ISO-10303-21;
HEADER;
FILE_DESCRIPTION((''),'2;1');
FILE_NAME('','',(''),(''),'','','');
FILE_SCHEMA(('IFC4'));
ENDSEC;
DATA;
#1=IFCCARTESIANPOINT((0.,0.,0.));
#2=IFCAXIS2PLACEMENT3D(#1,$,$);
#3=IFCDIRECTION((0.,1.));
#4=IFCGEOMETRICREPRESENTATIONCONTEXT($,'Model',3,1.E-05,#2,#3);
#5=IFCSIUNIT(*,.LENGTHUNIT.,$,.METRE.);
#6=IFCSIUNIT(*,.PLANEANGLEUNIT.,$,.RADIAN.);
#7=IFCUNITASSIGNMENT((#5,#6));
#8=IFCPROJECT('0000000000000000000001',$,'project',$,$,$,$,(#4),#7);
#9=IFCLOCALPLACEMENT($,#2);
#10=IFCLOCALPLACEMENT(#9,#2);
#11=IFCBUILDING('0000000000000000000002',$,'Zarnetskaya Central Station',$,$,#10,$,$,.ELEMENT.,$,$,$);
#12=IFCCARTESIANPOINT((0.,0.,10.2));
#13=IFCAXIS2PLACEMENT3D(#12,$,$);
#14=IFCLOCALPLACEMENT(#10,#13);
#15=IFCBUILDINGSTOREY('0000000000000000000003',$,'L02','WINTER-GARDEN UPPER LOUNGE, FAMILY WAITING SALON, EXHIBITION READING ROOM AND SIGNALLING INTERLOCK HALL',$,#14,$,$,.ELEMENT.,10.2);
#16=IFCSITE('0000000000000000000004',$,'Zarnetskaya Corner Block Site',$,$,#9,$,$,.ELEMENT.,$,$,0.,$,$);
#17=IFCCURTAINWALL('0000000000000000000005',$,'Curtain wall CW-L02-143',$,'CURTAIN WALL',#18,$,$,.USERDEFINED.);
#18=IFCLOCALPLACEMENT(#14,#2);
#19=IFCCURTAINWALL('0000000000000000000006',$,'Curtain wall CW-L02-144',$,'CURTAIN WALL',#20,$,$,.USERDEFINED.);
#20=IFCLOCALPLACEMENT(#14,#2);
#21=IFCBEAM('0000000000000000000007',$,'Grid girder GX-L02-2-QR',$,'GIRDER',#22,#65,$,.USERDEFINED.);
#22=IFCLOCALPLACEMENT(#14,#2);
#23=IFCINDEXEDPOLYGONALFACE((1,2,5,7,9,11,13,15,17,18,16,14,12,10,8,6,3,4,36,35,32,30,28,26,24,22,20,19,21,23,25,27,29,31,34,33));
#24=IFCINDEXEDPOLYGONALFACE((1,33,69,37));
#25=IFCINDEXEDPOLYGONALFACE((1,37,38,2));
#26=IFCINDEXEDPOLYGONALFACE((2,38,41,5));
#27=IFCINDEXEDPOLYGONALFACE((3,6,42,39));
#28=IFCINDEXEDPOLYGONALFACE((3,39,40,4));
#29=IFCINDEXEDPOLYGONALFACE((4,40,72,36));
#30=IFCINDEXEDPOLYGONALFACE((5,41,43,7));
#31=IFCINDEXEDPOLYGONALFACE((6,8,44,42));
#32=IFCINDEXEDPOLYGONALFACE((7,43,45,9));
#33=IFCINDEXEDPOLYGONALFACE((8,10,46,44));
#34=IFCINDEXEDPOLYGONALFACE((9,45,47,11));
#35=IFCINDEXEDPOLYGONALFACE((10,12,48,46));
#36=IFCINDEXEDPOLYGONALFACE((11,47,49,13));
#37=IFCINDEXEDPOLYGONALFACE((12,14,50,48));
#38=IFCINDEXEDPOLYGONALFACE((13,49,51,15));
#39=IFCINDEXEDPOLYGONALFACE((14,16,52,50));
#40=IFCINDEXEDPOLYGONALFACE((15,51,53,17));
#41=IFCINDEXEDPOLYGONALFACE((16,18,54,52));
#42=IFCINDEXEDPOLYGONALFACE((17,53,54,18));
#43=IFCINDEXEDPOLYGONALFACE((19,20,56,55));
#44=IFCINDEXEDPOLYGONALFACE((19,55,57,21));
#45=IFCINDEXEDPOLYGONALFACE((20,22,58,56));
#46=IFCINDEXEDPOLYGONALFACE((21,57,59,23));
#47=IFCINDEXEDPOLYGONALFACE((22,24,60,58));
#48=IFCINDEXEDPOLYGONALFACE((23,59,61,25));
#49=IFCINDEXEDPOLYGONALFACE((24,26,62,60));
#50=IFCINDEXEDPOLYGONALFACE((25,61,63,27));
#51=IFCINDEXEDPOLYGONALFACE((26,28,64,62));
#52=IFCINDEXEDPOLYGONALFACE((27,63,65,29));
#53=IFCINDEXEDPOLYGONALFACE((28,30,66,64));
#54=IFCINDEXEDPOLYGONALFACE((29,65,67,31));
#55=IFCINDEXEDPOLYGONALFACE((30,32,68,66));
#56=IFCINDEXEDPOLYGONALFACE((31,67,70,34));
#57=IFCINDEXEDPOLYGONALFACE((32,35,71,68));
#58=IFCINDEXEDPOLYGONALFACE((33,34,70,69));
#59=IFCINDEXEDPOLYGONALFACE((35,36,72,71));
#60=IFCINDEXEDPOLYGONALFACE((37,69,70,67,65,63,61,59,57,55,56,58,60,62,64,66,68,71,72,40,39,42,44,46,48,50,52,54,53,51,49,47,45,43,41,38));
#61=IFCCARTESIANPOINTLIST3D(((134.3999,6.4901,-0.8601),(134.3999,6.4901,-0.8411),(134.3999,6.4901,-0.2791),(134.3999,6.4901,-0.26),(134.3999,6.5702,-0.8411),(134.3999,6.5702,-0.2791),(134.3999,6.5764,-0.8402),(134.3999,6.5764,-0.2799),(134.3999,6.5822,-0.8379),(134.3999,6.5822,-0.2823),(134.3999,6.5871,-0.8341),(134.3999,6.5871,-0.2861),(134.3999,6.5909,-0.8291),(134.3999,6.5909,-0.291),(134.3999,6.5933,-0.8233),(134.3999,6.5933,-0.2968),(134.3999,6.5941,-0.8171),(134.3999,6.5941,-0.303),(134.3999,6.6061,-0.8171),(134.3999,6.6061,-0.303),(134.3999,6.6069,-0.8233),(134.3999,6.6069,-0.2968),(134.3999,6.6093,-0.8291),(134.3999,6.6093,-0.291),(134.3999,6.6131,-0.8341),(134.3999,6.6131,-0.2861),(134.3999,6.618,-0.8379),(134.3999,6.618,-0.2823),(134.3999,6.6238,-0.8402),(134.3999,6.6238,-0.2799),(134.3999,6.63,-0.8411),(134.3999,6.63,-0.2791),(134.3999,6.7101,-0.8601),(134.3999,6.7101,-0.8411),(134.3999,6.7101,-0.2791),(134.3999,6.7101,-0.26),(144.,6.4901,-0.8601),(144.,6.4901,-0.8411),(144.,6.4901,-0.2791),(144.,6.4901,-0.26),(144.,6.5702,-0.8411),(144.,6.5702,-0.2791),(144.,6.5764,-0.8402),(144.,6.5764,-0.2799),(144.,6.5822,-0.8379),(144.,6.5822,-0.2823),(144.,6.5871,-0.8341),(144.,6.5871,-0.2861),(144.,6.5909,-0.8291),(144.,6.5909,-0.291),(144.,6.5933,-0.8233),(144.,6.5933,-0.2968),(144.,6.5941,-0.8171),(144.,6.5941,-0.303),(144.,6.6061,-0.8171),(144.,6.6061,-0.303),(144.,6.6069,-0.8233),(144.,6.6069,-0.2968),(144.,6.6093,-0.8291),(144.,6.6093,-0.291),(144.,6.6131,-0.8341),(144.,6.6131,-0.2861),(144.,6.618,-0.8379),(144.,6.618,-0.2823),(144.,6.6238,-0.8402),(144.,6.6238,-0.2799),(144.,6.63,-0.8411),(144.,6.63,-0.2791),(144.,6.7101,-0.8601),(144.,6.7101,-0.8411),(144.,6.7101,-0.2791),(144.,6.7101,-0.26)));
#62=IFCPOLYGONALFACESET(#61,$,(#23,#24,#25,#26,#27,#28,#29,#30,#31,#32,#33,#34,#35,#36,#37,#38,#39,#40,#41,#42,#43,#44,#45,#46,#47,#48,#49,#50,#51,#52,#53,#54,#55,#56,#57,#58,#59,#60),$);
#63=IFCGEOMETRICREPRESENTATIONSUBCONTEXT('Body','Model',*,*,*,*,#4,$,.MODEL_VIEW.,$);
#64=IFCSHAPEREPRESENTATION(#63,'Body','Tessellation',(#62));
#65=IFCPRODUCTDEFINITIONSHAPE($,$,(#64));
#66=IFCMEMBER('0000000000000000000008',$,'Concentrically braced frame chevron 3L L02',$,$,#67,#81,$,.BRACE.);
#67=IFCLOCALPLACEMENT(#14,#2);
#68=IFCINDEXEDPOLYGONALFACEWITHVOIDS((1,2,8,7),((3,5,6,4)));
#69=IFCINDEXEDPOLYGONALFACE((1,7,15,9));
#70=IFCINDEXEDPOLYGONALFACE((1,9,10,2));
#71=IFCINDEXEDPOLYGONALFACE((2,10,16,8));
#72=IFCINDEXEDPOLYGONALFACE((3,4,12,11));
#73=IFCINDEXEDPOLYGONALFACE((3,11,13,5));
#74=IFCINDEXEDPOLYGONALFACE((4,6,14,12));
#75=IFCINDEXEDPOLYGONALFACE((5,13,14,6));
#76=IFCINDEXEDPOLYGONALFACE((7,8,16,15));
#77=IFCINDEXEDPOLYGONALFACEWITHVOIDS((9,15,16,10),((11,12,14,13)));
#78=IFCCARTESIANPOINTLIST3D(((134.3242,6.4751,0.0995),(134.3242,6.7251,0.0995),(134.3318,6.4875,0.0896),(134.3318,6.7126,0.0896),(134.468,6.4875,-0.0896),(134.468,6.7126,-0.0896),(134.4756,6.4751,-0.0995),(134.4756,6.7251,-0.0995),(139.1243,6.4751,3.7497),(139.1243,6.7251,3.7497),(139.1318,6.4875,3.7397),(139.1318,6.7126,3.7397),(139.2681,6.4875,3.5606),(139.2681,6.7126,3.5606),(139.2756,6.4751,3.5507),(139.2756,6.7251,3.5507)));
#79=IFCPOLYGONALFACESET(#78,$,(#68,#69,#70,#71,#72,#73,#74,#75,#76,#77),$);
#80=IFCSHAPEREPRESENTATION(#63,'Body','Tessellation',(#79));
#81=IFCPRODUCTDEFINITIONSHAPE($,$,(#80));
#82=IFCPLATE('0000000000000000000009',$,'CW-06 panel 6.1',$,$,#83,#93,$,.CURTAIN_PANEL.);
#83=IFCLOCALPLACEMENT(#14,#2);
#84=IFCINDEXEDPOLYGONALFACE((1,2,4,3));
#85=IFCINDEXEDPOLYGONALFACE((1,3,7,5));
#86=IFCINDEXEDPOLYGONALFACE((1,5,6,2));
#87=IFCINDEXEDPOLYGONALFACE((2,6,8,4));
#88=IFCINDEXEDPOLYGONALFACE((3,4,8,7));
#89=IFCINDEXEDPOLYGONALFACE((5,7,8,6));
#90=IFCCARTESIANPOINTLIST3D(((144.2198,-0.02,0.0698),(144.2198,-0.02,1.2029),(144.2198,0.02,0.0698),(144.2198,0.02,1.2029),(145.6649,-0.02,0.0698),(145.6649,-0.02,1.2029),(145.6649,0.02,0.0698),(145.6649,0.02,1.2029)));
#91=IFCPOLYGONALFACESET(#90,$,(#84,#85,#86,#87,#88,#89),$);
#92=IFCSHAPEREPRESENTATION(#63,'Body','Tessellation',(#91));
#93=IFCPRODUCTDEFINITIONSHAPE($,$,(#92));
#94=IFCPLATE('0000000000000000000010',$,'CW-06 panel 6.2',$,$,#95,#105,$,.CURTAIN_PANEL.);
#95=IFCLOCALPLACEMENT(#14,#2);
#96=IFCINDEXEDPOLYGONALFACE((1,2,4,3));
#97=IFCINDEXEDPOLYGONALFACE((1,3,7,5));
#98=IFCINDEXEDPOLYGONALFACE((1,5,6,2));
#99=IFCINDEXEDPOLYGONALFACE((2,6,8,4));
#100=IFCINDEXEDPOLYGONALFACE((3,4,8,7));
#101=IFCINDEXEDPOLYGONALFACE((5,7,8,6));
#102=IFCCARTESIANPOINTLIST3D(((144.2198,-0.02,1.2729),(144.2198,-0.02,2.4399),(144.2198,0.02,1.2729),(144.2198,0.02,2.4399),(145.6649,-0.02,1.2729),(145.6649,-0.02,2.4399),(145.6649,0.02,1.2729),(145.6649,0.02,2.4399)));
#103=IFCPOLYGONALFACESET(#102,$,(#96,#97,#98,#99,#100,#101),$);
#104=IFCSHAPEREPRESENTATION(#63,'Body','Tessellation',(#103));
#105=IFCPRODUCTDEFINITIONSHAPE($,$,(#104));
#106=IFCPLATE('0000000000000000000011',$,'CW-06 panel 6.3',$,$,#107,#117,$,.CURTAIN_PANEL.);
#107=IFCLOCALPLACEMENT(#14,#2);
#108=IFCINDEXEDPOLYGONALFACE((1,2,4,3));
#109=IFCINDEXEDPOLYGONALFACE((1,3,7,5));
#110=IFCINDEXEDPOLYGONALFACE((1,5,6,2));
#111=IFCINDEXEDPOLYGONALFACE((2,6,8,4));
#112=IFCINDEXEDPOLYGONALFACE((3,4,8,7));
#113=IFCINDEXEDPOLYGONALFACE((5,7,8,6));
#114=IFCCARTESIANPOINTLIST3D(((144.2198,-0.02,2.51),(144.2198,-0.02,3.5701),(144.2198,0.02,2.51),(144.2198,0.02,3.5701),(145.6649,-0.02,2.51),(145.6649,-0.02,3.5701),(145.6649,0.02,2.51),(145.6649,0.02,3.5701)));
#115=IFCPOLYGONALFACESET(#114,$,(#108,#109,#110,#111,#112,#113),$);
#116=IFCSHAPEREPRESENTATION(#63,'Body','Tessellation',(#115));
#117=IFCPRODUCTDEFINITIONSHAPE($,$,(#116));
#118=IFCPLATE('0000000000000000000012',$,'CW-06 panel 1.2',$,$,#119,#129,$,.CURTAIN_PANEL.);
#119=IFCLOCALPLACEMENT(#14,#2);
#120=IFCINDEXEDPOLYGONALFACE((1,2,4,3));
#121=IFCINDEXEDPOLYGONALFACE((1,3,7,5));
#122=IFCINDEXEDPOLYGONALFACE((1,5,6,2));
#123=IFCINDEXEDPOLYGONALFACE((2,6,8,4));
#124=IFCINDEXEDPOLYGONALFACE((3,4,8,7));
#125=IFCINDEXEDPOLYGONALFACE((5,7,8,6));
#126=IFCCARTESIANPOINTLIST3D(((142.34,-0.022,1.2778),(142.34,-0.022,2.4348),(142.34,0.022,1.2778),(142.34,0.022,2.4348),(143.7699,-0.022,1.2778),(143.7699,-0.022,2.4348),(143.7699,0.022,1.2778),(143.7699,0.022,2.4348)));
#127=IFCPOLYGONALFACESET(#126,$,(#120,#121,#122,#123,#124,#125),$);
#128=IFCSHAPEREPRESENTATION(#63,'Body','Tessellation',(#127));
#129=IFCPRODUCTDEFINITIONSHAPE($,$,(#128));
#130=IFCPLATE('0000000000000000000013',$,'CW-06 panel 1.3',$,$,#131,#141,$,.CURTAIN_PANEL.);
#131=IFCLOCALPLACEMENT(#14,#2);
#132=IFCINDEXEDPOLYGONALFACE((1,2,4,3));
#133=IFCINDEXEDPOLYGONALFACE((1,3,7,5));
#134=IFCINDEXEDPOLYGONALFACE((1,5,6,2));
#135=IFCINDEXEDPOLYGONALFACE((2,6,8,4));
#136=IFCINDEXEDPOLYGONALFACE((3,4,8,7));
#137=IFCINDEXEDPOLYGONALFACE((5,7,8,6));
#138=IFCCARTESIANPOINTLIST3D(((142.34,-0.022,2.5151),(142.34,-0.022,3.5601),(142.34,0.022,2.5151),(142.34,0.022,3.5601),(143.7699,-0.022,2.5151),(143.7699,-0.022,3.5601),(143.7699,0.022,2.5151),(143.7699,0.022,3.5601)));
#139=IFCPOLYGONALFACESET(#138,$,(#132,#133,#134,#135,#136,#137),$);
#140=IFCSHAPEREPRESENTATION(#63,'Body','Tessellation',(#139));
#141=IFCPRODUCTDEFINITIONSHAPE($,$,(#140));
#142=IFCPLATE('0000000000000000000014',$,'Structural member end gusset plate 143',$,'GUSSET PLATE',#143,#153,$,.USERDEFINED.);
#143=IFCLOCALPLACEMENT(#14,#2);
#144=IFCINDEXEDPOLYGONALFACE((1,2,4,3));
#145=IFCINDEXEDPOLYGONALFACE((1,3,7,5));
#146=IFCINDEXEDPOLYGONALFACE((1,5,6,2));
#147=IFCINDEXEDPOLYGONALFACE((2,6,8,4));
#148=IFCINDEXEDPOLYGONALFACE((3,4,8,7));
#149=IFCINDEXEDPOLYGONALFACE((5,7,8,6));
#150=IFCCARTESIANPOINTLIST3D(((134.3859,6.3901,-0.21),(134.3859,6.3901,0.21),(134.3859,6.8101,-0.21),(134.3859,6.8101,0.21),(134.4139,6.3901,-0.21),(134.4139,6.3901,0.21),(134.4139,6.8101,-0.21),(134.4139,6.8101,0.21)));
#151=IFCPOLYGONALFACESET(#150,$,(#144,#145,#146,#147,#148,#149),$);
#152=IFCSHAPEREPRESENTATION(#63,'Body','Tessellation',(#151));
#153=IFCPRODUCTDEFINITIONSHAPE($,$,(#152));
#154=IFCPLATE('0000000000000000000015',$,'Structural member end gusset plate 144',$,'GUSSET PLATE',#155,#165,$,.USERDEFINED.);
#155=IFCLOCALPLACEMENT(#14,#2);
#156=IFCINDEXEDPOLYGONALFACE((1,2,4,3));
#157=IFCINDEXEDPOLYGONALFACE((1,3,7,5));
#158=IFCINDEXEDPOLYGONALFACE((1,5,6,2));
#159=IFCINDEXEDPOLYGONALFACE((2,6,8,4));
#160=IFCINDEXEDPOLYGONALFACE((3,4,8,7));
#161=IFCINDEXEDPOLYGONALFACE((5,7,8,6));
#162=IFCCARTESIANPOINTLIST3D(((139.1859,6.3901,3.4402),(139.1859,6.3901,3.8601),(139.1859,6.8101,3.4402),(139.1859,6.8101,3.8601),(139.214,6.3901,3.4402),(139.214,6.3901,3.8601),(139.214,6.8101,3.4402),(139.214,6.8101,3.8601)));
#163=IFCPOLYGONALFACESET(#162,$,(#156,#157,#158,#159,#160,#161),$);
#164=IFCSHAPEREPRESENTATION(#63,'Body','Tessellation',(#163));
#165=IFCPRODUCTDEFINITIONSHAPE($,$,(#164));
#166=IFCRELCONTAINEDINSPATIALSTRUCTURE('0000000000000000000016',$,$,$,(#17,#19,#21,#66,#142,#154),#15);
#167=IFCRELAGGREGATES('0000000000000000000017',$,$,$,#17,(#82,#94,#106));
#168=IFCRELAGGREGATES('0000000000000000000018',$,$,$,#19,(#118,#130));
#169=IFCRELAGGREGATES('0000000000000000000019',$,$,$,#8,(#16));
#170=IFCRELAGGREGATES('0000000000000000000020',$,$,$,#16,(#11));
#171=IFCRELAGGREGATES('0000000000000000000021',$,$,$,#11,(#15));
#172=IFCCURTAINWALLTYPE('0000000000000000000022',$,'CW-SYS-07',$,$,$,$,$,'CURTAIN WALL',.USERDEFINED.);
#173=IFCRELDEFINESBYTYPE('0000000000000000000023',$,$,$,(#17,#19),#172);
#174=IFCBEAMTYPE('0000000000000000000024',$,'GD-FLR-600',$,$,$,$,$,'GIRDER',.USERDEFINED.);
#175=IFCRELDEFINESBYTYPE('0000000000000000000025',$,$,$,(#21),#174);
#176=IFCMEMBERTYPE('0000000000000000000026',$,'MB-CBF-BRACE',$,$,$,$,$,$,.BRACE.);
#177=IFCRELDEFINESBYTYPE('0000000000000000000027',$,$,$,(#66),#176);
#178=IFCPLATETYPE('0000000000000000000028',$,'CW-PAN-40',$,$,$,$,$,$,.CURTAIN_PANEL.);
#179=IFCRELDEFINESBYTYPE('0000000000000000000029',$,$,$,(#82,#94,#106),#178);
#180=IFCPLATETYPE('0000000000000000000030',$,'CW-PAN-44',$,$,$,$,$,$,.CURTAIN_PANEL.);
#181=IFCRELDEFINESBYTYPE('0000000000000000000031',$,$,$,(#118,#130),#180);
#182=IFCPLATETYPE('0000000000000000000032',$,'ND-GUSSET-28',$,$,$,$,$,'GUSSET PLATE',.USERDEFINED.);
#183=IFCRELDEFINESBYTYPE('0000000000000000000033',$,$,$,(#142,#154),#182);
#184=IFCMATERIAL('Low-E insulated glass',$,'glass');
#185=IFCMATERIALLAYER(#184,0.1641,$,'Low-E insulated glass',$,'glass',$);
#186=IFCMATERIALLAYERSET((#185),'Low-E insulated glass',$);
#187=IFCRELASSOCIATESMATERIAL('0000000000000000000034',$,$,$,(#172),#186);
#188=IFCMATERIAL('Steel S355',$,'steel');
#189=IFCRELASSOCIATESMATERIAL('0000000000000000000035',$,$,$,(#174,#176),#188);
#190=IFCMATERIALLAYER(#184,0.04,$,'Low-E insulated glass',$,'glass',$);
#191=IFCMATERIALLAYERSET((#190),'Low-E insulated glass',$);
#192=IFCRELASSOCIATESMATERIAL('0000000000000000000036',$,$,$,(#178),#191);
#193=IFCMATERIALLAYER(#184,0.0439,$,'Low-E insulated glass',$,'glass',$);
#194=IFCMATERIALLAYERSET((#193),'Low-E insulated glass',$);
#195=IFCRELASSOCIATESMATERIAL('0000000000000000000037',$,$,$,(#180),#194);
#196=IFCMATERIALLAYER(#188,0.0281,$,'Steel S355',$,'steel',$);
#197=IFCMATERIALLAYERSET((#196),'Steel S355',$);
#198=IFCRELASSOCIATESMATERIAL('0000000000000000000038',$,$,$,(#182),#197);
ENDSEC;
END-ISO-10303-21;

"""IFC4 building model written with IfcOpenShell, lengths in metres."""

from ifc_helpers import new_model, si_unit, direction, frame, origin, origin_2d, place, context, subcontext, project, spatial, rectangle, hollow_rectangle, i_section, extrude, material, layer, layer_set, material_profile, profile_set, type_object, element, aggregate, save


model = new_model("IFC4")

# Units and contexts
model_context = context("Model", 3, precision=1e-05, world=origin(), true_north=direction((0.0, 1.0)))
body_context = subcontext(model_context, "Body", "Model", "MODEL_VIEW")
ifc_project = project(units=[si_unit("LENGTHUNIT", "METRE"), si_unit("PLANEANGLEUNIT", "RADIAN")], contexts=[model_context])

# Site, building, storey
site_placement = place(None, origin())
site = spatial("IfcSite", under=ifc_project, at=site_placement, Name="Zarnetskaya Corner Block Site", CompositionType="ELEMENT", RefElevation=0.0)
building_placement = place(site_placement, origin())
building = spatial("IfcBuilding", under=site, at=building_placement, Name="Zarnetskaya Central Station", CompositionType="ELEMENT")
storey_placement = place(building_placement, frame((0.0, 0.0, 10.2)))
storey = spatial("IfcBuildingStorey", under=building, at=storey_placement, Name="L02", Description="WINTER-GARDEN UPPER LOUNGE, FAMILY WAITING SALON, EXHIBITION READING ROOM AND SIGNALLING INTERLOCK HALL", CompositionType="ELEMENT", Elevation=10.2)

# Shared definitions
ifc_material_1 = material(Name="Steel S355", Category="steel")

# Curtain wall
ifc_material_2 = material(Name="Low-E insulated glass", Category="glass")
ifc_layer_1 = layer(ifc_material_2, 0.1641, Name="Low-E insulated glass", Category="glass")
ifc_layer_set_1 = layer_set([ifc_layer_1], Name="Low-E insulated glass")
curtain_wall_type = type_object("IfcCurtainWallType", Name="CW-SYS-07", ElementType="CURTAIN WALL", PredefinedType="USERDEFINED", material=ifc_layer_set_1)
curtain_wall_1_placement = place(storey_placement, origin())
curtain_wall_1 = element("IfcCurtainWall", 1, at=curtain_wall_1_placement, inside=storey, type_object=curtain_wall_type, Name="Curtain wall CW-L02-143", ObjectType="CURTAIN WALL", PredefinedType="USERDEFINED")

# Curtain wall
curtain_wall_2_placement = place(storey_placement, origin())
curtain_wall_2 = element("IfcCurtainWall", 2, at=curtain_wall_2_placement, inside=storey, type_object=curtain_wall_type, Name="Curtain wall CW-L02-144", ObjectType="CURTAIN WALL", PredefinedType="USERDEFINED")

# Beam
ifc_material_profile_1 = material_profile(ifc_material_1, i_section(OverallWidth=0.22, OverallDepth=0.6001, WebThickness=0.012, FlangeThickness=0.019, FilletRadius=0.0239, at=origin_2d()), Name="IPE 600")
ifc_profile_set_1 = profile_set([ifc_material_profile_1], Name="Steel S355")
beam_type_1 = type_object("IfcBeamType", Name="GD-FLR-600", ElementType="GIRDER", PredefinedType="USERDEFINED", material=ifc_profile_set_1)
beam_1_placement = place(storey_placement, frame((134.3999, 6.6001, -0.5601), z_axis=(1.0, 0.0, 0.0), x_axis=(0.0, 1.0, 0.0)))
element("IfcBeam", 3, at=beam_1_placement, inside=storey, type_object=beam_type_1, Name="Grid girder GX-L02-2-QR", ObjectType="GIRDER", PredefinedType="USERDEFINED", context=body_context, shape_type="SweptSolid", body=[
    extrude(i_section(OverallWidth=0.22, OverallDepth=0.6001, WebThickness=0.012, FlangeThickness=0.019, FilletRadius=0.0239, at=origin_2d()), origin(), (0.0, 0.0, 1.0), 9.6001),
])

# Member
ifc_material_profile_2 = material_profile(ifc_material_1, hollow_rectangle(XDim=0.25, YDim=0.25, WallThickness=0.0125, at=origin_2d()), Name="SHS 250x250x12.5")
ifc_profile_set_2 = profile_set([ifc_material_profile_2], Name="Steel S355")
member_type_1 = type_object("IfcMemberType", Name="MB-CBF-BRACE", PredefinedType="BRACE", material=ifc_profile_set_2)
member_1_placement = place(storey_placement, frame((134.3999, 6.6001, 0.0), z_axis=(0.795994, 0.0, 0.605305), x_axis=(0.0, 1.0, 0.0)))
element("IfcMember", 4, at=member_1_placement, inside=storey, type_object=member_type_1, Name="Concentrically braced frame chevron 3L L02", PredefinedType="BRACE", context=body_context, shape_type="SweptSolid", body=[
    extrude(hollow_rectangle(XDim=0.25, YDim=0.25, WallThickness=0.0125, at=origin_2d()), origin(), (0.0, 0.0, 1.0), 6.0303),
])

# Plates
ifc_layer_2 = layer(ifc_material_2, 0.04, Name="Low-E insulated glass", Category="glass")
ifc_layer_set_2 = layer_set([ifc_layer_2], Name="Low-E insulated glass")
plate_type_1 = type_object("IfcPlateType", Name="CW-PAN-40", PredefinedType="CURTAIN_PANEL", material=ifc_layer_set_2)
plate_1_placement = place(storey_placement, frame((144.9424, 0.0, 0.0698), z_axis=(0.0, 0.0, 1.0), x_axis=(-1.0, 0.0, 0.0)))
plate_1 = element("IfcPlate", 5, at=plate_1_placement, type_object=plate_type_1, Name="CW-06 panel 6.1", PredefinedType="CURTAIN_PANEL", context=body_context, shape_type="SweptSolid", body=[
    extrude(rectangle(XDim=1.4451, YDim=0.04, at=origin_2d()), origin(), (0.0, 0.0, 1.0), 1.1331),
])
plate_2_placement = place(storey_placement, frame((144.9424, 0.0, 1.2729), z_axis=(0.0, 0.0, 1.0), x_axis=(-1.0, 0.0, 0.0)))
plate_2 = element("IfcPlate", 6, at=plate_2_placement, type_object=plate_type_1, Name="CW-06 panel 6.2", PredefinedType="CURTAIN_PANEL", context=body_context, shape_type="SweptSolid", body=[
    extrude(rectangle(XDim=1.4451, YDim=0.04, at=origin_2d()), origin(), (0.0, 0.0, 1.0), 1.167),
])
plate_3_placement = place(storey_placement, frame((144.9424, 0.0, 2.51), z_axis=(0.0, 0.0, 1.0), x_axis=(-1.0, 0.0, 0.0)))
plate_3 = element("IfcPlate", 7, at=plate_3_placement, type_object=plate_type_1, Name="CW-06 panel 6.3", PredefinedType="CURTAIN_PANEL", context=body_context, shape_type="SweptSolid", body=[
    extrude(rectangle(XDim=1.4451, YDim=0.04, at=origin_2d()), origin(), (0.0, 0.0, 1.0), 1.0601),
])
aggregate(curtain_wall_1, [plate_1, plate_2, plate_3])
ifc_layer_3 = layer(ifc_material_2, 0.0439, Name="Low-E insulated glass", Category="glass")
ifc_layer_set_3 = layer_set([ifc_layer_3], Name="Low-E insulated glass")
plate_type_2 = type_object("IfcPlateType", Name="CW-PAN-44", PredefinedType="CURTAIN_PANEL", material=ifc_layer_set_3)
plate_4_placement = place(storey_placement, frame((143.0549, 0.0, 1.2778), z_axis=(0.0, 0.0, 1.0), x_axis=(-1.0, 0.0, 0.0)))
plate_4 = element("IfcPlate", 8, at=plate_4_placement, type_object=plate_type_2, Name="CW-06 panel 1.2", PredefinedType="CURTAIN_PANEL", context=body_context, shape_type="SweptSolid", body=[
    extrude(rectangle(XDim=1.4299, YDim=0.0439, at=origin_2d()), origin(), (0.0, 0.0, 1.0), 1.157),
])
plate_5_placement = place(storey_placement, frame((143.0549, 0.0, 2.5151), z_axis=(0.0, 0.0, 1.0), x_axis=(-1.0, 0.0, 0.0)))
plate_5 = element("IfcPlate", 9, at=plate_5_placement, type_object=plate_type_2, Name="CW-06 panel 1.3", PredefinedType="CURTAIN_PANEL", context=body_context, shape_type="SweptSolid", body=[
    extrude(rectangle(XDim=1.4299, YDim=0.0439, at=origin_2d()), origin(), (0.0, 0.0, 1.0), 1.0449),
])
aggregate(curtain_wall_2, [plate_4, plate_5])

# Plates
ifc_layer_4 = layer(ifc_material_1, 0.0281, Name="Steel S355", Category="steel")
ifc_layer_set_4 = layer_set([ifc_layer_4], Name="Steel S355")
plate_type_3 = type_object("IfcPlateType", Name="ND-GUSSET-28", ElementType="GUSSET PLATE", PredefinedType="USERDEFINED", material=ifc_layer_set_4)
for number, where, z_axis, x_axis, name in (
    (10, (134.3999, 6.6001, -0.21), (0.0, 0.0, 1.0), (1.0, 0.0, 0.0), "Structural member end gusset plate 143"),
    (11, (139.2, 6.6001, 3.4402), (0.0, 0.0, 1.0), (1.0, 0.0, 0.0), "Structural member end gusset plate 144"),
):
    element("IfcPlate", number, at=place(storey_placement, frame(where, z_axis=z_axis, x_axis=x_axis)), inside=storey, type_object=plate_type_3, Name=name, ObjectType="GUSSET PLATE", PredefinedType="USERDEFINED", context=body_context, shape_type="SweptSolid", body=[
        extrude(rectangle(XDim=0.0281, YDim=0.4199, at=origin_2d()), origin(), (0.0, 0.0, 1.0), 0.4199),
    ])

save(model, "model.ifc")
